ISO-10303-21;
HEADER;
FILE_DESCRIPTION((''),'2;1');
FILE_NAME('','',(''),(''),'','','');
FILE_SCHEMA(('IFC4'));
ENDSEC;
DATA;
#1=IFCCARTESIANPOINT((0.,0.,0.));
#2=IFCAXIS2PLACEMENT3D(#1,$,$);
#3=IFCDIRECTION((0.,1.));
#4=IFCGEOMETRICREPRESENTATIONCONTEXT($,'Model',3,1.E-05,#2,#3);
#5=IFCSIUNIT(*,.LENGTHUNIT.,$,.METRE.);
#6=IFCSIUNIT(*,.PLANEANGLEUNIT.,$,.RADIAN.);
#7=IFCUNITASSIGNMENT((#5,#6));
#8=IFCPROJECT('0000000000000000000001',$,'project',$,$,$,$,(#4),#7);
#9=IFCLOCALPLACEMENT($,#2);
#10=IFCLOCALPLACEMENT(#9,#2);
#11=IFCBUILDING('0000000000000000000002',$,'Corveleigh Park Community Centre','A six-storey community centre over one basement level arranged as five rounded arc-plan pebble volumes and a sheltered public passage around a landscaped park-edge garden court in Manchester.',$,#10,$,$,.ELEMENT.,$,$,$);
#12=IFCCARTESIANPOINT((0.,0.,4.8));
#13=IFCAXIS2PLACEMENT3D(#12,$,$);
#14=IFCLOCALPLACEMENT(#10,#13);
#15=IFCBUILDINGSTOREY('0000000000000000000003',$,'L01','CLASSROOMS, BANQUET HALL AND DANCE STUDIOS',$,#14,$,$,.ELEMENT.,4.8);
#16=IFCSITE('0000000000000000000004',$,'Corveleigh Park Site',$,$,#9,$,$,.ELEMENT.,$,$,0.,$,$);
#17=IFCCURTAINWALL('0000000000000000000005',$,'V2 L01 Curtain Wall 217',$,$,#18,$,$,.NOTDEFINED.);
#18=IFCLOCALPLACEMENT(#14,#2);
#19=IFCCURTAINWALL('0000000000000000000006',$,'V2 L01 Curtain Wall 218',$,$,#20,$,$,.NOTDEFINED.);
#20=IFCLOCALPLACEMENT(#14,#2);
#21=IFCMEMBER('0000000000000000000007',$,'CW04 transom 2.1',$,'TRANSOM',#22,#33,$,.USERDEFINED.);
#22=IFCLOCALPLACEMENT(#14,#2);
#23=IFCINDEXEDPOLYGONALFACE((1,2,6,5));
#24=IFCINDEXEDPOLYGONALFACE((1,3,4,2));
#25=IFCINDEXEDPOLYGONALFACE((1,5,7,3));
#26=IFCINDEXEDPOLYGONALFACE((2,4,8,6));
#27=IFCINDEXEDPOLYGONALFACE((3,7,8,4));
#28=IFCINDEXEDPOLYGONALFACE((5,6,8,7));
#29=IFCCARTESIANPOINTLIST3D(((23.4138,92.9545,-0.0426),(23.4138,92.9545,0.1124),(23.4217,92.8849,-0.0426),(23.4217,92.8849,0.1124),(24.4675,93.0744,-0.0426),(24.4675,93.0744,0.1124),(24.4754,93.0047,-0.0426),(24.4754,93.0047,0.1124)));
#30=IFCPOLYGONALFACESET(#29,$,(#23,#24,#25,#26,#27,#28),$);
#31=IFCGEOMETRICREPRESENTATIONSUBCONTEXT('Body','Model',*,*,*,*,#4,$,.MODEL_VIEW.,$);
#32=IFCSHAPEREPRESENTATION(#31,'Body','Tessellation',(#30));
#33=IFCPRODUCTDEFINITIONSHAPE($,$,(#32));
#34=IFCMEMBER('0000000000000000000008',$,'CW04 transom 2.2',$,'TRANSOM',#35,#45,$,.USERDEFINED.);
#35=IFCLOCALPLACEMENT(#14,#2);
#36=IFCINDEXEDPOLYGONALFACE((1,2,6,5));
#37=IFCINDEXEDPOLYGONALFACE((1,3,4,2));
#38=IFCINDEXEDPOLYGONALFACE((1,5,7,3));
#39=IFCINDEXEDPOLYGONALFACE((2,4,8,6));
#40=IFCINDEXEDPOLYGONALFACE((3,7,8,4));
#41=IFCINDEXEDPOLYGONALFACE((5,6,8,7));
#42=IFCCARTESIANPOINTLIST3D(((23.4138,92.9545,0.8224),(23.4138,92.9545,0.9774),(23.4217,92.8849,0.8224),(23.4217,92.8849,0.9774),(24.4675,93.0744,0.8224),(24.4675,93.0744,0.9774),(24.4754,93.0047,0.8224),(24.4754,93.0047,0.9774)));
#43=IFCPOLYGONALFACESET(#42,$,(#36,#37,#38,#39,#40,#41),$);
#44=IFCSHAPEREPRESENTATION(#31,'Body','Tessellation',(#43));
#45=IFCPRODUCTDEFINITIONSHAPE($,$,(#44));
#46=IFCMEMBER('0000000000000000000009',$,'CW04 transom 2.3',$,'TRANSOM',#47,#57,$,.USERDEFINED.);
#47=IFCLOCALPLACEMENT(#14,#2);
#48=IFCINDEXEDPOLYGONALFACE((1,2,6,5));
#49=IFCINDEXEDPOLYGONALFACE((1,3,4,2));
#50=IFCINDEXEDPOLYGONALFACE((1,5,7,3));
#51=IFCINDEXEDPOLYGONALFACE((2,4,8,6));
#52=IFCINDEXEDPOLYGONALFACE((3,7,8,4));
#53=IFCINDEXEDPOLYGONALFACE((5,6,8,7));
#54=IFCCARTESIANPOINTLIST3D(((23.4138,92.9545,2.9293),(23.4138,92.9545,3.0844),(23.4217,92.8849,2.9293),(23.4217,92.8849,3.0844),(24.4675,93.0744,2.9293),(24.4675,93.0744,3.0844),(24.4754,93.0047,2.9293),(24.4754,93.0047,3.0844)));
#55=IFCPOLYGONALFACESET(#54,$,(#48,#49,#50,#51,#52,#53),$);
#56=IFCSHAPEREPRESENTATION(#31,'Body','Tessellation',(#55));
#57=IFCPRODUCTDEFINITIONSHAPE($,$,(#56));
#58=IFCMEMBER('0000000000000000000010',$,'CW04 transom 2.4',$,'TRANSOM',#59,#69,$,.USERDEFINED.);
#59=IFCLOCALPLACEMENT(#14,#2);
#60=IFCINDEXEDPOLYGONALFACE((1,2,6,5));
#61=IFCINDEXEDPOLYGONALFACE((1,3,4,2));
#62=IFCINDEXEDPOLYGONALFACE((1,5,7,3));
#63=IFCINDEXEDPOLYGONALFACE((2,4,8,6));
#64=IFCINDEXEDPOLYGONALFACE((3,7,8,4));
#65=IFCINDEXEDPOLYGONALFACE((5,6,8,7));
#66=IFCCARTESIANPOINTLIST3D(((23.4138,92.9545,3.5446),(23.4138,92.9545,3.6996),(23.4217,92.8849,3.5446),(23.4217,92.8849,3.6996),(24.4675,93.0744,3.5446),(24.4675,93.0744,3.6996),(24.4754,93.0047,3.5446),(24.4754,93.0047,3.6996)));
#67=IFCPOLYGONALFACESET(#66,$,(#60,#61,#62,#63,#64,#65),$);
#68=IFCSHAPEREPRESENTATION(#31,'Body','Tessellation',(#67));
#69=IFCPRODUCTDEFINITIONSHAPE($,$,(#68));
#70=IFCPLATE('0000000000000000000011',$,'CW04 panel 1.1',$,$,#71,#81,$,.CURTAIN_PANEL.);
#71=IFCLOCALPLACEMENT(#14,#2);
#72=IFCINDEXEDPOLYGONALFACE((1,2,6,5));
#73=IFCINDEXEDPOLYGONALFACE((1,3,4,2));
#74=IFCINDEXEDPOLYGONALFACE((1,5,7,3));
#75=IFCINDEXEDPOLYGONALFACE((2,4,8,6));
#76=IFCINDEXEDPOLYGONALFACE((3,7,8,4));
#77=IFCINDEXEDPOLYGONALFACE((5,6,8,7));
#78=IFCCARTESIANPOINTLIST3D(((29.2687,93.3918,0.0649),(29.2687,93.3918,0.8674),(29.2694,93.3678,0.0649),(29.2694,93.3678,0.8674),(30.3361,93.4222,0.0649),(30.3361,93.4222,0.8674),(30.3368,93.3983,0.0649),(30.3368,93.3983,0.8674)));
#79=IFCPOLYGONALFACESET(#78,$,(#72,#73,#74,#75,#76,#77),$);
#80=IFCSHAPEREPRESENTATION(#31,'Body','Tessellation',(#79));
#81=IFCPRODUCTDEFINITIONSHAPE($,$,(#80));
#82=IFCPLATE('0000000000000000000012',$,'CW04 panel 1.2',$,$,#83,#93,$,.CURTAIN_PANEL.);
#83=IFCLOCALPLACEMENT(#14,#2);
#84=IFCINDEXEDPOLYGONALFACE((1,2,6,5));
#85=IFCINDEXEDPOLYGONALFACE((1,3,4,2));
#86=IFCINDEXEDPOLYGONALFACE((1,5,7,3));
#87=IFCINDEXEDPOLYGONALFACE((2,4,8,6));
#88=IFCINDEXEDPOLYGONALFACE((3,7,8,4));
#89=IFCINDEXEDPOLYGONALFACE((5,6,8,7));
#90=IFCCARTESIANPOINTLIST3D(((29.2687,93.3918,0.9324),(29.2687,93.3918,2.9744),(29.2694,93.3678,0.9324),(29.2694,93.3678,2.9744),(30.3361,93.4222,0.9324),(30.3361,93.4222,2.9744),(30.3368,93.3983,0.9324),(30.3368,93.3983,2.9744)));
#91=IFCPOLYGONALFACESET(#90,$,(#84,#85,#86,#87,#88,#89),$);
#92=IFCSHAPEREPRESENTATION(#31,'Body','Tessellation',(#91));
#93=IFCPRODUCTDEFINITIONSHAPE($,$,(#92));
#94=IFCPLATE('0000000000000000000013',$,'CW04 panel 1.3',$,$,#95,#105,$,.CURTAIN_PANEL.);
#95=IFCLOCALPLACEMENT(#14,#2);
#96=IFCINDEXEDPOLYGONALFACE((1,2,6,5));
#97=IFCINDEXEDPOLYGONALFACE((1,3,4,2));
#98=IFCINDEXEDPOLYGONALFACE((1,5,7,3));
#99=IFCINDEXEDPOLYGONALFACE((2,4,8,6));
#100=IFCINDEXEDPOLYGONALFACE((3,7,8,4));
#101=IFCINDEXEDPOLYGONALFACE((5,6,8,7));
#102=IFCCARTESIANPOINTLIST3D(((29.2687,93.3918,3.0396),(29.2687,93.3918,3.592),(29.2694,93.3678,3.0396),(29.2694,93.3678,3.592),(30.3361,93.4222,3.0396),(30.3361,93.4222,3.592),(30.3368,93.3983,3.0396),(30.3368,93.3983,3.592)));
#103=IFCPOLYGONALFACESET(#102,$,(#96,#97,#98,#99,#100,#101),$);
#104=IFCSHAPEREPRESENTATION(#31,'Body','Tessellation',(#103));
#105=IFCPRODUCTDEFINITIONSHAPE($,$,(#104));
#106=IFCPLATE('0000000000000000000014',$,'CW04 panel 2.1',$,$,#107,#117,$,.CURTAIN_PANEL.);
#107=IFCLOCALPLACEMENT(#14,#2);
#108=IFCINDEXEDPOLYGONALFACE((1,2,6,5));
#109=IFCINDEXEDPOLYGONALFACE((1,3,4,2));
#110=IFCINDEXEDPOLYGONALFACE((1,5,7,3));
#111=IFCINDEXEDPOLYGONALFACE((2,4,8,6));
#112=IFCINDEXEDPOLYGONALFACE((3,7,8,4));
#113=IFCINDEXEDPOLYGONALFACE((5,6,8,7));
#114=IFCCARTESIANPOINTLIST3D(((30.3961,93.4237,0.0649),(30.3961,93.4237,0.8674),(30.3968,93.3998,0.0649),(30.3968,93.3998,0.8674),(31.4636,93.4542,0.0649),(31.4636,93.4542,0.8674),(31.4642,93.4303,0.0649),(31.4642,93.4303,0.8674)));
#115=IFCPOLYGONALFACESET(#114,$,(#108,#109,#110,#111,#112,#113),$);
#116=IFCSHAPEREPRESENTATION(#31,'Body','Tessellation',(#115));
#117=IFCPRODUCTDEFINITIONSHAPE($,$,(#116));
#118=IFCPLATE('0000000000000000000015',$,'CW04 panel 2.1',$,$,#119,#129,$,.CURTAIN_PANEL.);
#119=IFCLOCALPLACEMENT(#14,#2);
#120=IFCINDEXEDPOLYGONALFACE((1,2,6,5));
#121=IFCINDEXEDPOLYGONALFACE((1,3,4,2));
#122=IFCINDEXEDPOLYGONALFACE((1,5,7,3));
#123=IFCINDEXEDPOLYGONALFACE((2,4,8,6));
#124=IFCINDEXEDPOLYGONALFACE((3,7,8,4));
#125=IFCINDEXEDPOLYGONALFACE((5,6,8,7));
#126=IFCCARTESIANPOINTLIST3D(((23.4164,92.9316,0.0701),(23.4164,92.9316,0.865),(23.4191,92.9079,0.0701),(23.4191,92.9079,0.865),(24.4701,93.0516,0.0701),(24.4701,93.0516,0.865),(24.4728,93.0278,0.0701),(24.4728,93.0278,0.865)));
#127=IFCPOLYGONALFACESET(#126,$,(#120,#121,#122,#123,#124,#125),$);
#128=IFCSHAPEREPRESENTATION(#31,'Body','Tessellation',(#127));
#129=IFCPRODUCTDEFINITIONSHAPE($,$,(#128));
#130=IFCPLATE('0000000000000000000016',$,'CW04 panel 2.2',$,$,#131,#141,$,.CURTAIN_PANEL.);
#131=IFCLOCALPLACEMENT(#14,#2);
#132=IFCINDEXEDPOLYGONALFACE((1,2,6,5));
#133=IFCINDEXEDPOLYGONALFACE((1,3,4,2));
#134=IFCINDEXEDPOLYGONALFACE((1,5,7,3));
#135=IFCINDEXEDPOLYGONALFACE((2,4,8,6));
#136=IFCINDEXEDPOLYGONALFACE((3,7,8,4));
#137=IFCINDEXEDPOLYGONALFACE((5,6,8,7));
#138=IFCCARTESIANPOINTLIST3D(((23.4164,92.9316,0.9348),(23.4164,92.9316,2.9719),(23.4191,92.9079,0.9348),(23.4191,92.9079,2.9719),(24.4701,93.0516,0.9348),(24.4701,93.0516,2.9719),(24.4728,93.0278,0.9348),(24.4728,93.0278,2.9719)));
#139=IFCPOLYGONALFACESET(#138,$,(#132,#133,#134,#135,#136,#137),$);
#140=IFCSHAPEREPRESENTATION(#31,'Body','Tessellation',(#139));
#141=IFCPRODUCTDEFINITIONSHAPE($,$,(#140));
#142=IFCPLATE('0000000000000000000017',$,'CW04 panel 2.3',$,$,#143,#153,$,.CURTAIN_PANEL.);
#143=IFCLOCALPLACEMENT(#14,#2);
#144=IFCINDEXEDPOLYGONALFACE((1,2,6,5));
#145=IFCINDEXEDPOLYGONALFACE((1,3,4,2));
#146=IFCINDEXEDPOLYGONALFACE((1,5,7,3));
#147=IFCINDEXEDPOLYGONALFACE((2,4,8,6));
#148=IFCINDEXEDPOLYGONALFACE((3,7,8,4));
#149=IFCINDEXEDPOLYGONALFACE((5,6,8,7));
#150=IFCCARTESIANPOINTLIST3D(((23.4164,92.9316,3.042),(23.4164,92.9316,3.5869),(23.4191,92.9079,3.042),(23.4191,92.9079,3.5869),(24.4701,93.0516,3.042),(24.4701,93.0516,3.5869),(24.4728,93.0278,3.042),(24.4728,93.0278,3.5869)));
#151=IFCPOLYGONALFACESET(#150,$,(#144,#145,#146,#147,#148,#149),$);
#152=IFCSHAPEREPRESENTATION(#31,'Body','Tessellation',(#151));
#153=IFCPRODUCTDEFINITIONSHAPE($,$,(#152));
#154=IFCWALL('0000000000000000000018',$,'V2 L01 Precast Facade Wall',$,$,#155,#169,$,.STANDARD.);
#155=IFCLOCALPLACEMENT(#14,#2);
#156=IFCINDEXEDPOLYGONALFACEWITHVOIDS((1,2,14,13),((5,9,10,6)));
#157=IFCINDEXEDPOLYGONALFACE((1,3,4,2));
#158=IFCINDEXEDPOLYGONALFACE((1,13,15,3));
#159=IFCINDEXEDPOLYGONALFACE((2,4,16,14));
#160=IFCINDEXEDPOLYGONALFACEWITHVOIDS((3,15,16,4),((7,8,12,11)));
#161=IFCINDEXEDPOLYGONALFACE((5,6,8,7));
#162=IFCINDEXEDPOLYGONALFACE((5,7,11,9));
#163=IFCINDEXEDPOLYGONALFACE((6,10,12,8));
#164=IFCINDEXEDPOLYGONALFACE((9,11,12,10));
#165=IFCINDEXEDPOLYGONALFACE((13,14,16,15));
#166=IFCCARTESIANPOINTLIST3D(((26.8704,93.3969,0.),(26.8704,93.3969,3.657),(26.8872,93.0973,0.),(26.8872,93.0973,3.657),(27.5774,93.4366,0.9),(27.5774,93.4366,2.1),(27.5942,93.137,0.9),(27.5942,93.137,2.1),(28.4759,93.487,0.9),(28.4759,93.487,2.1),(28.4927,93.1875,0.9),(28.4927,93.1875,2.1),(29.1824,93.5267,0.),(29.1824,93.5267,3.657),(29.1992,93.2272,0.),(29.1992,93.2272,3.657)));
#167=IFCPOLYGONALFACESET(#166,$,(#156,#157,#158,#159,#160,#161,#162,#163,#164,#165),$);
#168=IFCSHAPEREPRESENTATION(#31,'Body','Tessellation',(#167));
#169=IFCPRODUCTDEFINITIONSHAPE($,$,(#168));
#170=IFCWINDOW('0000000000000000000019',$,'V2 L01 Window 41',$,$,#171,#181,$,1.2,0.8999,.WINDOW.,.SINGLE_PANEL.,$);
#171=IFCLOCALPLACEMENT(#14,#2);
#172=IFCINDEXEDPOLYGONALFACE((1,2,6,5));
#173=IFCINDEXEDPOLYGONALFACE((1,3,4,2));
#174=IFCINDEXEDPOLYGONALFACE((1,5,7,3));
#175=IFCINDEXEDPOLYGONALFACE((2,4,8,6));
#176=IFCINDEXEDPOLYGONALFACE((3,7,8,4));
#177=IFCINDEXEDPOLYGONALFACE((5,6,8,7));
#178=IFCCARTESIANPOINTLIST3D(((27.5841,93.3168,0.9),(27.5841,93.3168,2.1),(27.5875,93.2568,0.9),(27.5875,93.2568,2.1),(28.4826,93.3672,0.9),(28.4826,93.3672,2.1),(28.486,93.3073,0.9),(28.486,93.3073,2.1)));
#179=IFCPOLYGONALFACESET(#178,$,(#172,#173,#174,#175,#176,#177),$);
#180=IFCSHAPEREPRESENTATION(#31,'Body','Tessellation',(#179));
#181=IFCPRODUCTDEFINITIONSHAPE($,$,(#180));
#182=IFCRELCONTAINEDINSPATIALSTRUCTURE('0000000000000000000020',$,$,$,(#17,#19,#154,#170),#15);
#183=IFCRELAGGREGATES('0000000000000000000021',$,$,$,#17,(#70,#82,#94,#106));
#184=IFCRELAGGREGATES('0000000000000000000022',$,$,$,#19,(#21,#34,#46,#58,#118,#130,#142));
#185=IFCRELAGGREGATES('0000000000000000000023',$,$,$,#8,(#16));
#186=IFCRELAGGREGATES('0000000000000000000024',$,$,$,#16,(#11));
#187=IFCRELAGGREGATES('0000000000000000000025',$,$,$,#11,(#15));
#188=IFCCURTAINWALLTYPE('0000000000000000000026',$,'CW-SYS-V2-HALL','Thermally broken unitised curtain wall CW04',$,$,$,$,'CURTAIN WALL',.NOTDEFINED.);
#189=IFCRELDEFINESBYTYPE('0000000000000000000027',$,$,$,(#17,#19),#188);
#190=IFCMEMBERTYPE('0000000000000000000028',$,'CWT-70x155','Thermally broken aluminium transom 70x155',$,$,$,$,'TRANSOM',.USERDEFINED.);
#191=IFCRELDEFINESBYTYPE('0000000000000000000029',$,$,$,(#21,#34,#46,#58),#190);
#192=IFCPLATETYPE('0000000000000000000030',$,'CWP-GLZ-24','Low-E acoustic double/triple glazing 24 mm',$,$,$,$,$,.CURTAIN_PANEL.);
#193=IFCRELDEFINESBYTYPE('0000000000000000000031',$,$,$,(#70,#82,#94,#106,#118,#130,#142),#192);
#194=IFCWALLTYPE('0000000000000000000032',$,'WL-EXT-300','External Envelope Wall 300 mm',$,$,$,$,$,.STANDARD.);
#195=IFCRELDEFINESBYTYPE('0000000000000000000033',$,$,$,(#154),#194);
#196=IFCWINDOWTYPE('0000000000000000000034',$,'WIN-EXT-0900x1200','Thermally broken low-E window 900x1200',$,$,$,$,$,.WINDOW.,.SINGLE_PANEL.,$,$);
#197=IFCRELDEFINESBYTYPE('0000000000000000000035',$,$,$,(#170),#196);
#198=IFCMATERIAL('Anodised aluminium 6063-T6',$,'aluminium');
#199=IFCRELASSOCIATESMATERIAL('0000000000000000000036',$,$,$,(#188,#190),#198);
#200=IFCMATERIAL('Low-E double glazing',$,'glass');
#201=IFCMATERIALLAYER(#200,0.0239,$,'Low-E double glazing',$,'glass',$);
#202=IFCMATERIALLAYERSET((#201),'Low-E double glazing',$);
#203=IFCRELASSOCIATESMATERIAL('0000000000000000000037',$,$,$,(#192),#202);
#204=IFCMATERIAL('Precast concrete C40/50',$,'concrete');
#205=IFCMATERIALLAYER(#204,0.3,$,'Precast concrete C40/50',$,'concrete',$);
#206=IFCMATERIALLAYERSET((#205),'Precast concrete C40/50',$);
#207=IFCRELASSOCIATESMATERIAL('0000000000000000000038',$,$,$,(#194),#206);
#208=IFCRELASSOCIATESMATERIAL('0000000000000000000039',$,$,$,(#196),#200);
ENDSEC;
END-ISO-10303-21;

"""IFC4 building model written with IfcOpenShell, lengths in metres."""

from ifc_helpers import new_model, si_unit, direction, frame, frame_2d, origin, origin_2d, place, context, subcontext, project, spatial, rectangle, extrude, material, layer, layer_set, material_profile, profile_set, type_object, element, fill, aggregate, save


model = new_model("IFC4")

# Units and contexts
model_context = context("Model", 3, precision=1e-05, world=origin(), true_north=direction((0.0, 1.0)))
body_context = subcontext(model_context, "Body", "Model", "MODEL_VIEW")
ifc_project = project(units=[si_unit("LENGTHUNIT", "METRE"), si_unit("PLANEANGLEUNIT", "RADIAN")], contexts=[model_context])

# Site, building, storey
site_placement = place(None, origin())
site = spatial("IfcSite", under=ifc_project, at=site_placement, Name="Corveleigh Park Site", CompositionType="ELEMENT", RefElevation=0.0)
building_placement = place(site_placement, origin())
building = spatial("IfcBuilding", under=site, at=building_placement, Name="Corveleigh Park Community Centre", Description="A six-storey community centre over one basement level arranged as five rounded arc-plan pebble volumes and a sheltered public passage around a landscaped park-edge garden court in Manchester.", CompositionType="ELEMENT")
storey_placement = place(building_placement, frame((0.0, 0.0, 4.8)))
storey = spatial("IfcBuildingStorey", under=building, at=storey_placement, Name="L01", Description="CLASSROOMS, BANQUET HALL AND DANCE STUDIOS", CompositionType="ELEMENT", Elevation=4.8)

# Curtain wall
ifc_material_1 = material(Name="Anodised aluminium 6063-T6", Category="aluminium")
curtain_wall_type = type_object("IfcCurtainWallType", Name="CW-SYS-V2-HALL", Description="Thermally broken unitised curtain wall CW04", ElementType="CURTAIN WALL", PredefinedType="NOTDEFINED", material=ifc_material_1)
curtain_wall_1_placement = place(storey_placement, origin())
curtain_wall_1 = element("IfcCurtainWall", 1, at=curtain_wall_1_placement, inside=storey, type_object=curtain_wall_type, Name="V2 L01 Curtain Wall 217", PredefinedType="NOTDEFINED")

# Curtain wall
curtain_wall_2_placement = place(storey_placement, origin())
curtain_wall_2 = element("IfcCurtainWall", 2, at=curtain_wall_2_placement, inside=storey, type_object=curtain_wall_type, Name="V2 L01 Curtain Wall 218", PredefinedType="NOTDEFINED")

# Members
ifc_material_profile_1 = material_profile(ifc_material_1, rectangle(XDim=0.0701, YDim=0.155, at=origin_2d()), Name="ALU-T70x155", Category="aluminium")
ifc_profile_set_1 = profile_set([ifc_material_profile_1], Name="Anodised aluminium 6063-T6")
member_type_1 = type_object("IfcMemberType", Name="CWT-70x155", Description="Thermally broken aluminium transom 70x155", ElementType="TRANSOM", PredefinedType="USERDEFINED", material=ifc_profile_set_1)
member_1_placement = place(storey_placement, frame((23.4177, 92.9197, 0.0349), z_axis=(0.993591, 0.113034, 0.0), x_axis=(-0.113034, 0.993591, 0.0)))
member_1 = element("IfcMember", 3, at=member_1_placement, type_object=member_type_1, Name="CW04 transom 2.1", ObjectType="TRANSOM", PredefinedType="USERDEFINED", context=body_context, shape_type="SweptSolid", body=[
    extrude(rectangle(XDim=0.0701, YDim=0.155, at=origin_2d()), origin(), (0.0, 0.0, 1.0), 1.0605),
])
member_2_placement = place(storey_placement, frame((23.4177, 92.9197, 0.8999), z_axis=(0.993591, 0.113034, 0.0), x_axis=(-0.113034, 0.993591, 0.0)))
member_2 = element("IfcMember", 4, at=member_2_placement, type_object=member_type_1, Name="CW04 transom 2.2", ObjectType="TRANSOM", PredefinedType="USERDEFINED", context=body_context, shape_type="SweptSolid", body=[
    extrude(rectangle(XDim=0.0701, YDim=0.155, at=origin_2d()), origin(), (0.0, 0.0, 1.0), 1.0605),
])
member_3_placement = place(storey_placement, frame((23.4177, 92.9197, 3.0068), z_axis=(0.993591, 0.113034, 0.0), x_axis=(-0.113034, 0.993591, 0.0)))
member_3 = element("IfcMember", 5, at=member_3_placement, type_object=member_type_1, Name="CW04 transom 2.3", ObjectType="TRANSOM", PredefinedType="USERDEFINED", context=body_context, shape_type="SweptSolid", body=[
    extrude(rectangle(XDim=0.0701, YDim=0.155, at=origin_2d()), origin(), (0.0, 0.0, 1.0), 1.0605),
])
member_4_placement = place(storey_placement, frame((23.4177, 92.9197, 3.6221), z_axis=(0.993591, 0.113034, 0.0), x_axis=(-0.113034, 0.993591, 0.0)))
member_4 = element("IfcMember", 6, at=member_4_placement, type_object=member_type_1, Name="CW04 transom 2.4", ObjectType="TRANSOM", PredefinedType="USERDEFINED", context=body_context, shape_type="SweptSolid", body=[
    extrude(rectangle(XDim=0.0701, YDim=0.155, at=origin_2d()), origin(), (0.0, 0.0, 1.0), 1.0605),
])

# Plates
ifc_material_2 = material(Name="Low-E double glazing", Category="glass")
ifc_layer_1 = layer(ifc_material_2, 0.0239, Name="Low-E double glazing", Category="glass")
ifc_layer_set_1 = layer_set([ifc_layer_1], Name="Low-E double glazing")
plate_type = type_object("IfcPlateType", Name="CWP-GLZ-24", Description="Low-E acoustic double/triple glazing 24 mm", PredefinedType="CURTAIN_PANEL", material=ifc_layer_set_1)
plate_1_placement = place(storey_placement, frame((29.8027, 93.395, 0.0649), z_axis=(0.0, 0.0, 1.0), x_axis=(0.999594, 0.028498, 0.0)))
plate_1 = element("IfcPlate", 7, at=plate_1_placement, type_object=plate_type, Name="CW04 panel 1.1", PredefinedType="CURTAIN_PANEL", context=body_context, shape_type="SweptSolid", body=[
    extrude(rectangle(XDim=1.0679, YDim=0.0239, at=origin_2d()), origin(), (0.0, 0.0, 1.0), 0.8025),
])
plate_2_placement = place(storey_placement, frame((29.8027, 93.395, 0.9324), z_axis=(0.0, 0.0, 1.0), x_axis=(0.999594, 0.028498, 0.0)))
plate_2 = element("IfcPlate", 8, at=plate_2_placement, type_object=plate_type, Name="CW04 panel 1.2", PredefinedType="CURTAIN_PANEL", context=body_context, shape_type="SweptSolid", body=[
    extrude(rectangle(XDim=1.0679, YDim=0.0239, at=origin_2d()), origin(), (0.0, 0.0, 1.0), 2.042),
])
plate_3_placement = place(storey_placement, frame((29.8027, 93.395, 3.0396), z_axis=(0.0, 0.0, 1.0), x_axis=(0.999594, 0.028498, 0.0)))
plate_3 = element("IfcPlate", 9, at=plate_3_placement, type_object=plate_type, Name="CW04 panel 1.3", PredefinedType="CURTAIN_PANEL", context=body_context, shape_type="SweptSolid", body=[
    extrude(rectangle(XDim=1.0679, YDim=0.0239, at=origin_2d()), origin(), (0.0, 0.0, 1.0), 0.5525),
])
plate_4_placement = place(storey_placement, frame((30.9302, 93.427, 0.0649), z_axis=(0.0, 0.0, 1.0), x_axis=(0.999594, 0.028498, 0.0)))
plate_4 = element("IfcPlate", 10, at=plate_4_placement, type_object=plate_type, Name="CW04 panel 2.1", PredefinedType="CURTAIN_PANEL", context=body_context, shape_type="SweptSolid", body=[
    extrude(rectangle(XDim=1.0679, YDim=0.0239, at=origin_2d()), origin(), (0.0, 0.0, 1.0), 0.8025),
])
aggregate(curtain_wall_1, [plate_1, plate_2, plate_3, plate_4])
plate_5_placement = place(storey_placement, frame((23.9446, 92.9797, 0.0701), z_axis=(0.0, 0.0, 1.0), x_axis=(0.99358, 0.113133, 0.0)))
plate_5 = element("IfcPlate", 11, at=plate_5_placement, type_object=plate_type, Name="CW04 panel 2.1", PredefinedType="CURTAIN_PANEL", context=body_context, shape_type="SweptSolid", body=[
    extrude(rectangle(XDim=1.0605, YDim=0.0239, at=origin_2d()), origin(), (0.0, 0.0, 1.0), 0.7949),
])
plate_6_placement = place(storey_placement, frame((23.9446, 92.9797, 0.9348), z_axis=(0.0, 0.0, 1.0), x_axis=(0.99358, 0.113133, 0.0)))
plate_6 = element("IfcPlate", 12, at=plate_6_placement, type_object=plate_type, Name="CW04 panel 2.2", PredefinedType="CURTAIN_PANEL", context=body_context, shape_type="SweptSolid", body=[
    extrude(rectangle(XDim=1.0605, YDim=0.0239, at=origin_2d()), origin(), (0.0, 0.0, 1.0), 2.0371),
])
plate_7_placement = place(storey_placement, frame((23.9446, 92.9797, 3.042), z_axis=(0.0, 0.0, 1.0), x_axis=(0.99358, 0.113133, 0.0)))
plate_7 = element("IfcPlate", 13, at=plate_7_placement, type_object=plate_type, Name="CW04 panel 2.3", PredefinedType="CURTAIN_PANEL", context=body_context, shape_type="SweptSolid", body=[
    extrude(rectangle(XDim=1.0605, YDim=0.0239, at=origin_2d()), origin(), (0.0, 0.0, 1.0), 0.5449),
])
aggregate(curtain_wall_2, [member_1, member_2, member_3, member_4, plate_5, plate_6, plate_7])

# Wall, opening, window
ifc_material_3 = material(Name="Precast concrete C40/50", Category="concrete")
ifc_layer_2 = layer(ifc_material_3, 0.3, Name="Precast concrete C40/50", Category="concrete")
ifc_layer_set_2 = layer_set([ifc_layer_2], Name="Precast concrete C40/50")
wall_type_1 = type_object("IfcWallType", Name="WL-EXT-300", Description="External Envelope Wall 300 mm", PredefinedType="STANDARD", material=ifc_layer_set_2)
wall_1_placement = place(storey_placement, frame((26.8789, 93.2471, 0.0), z_axis=(0.0, 0.0, 1.0), x_axis=(0.998426, 0.056089, 0.0)))
wall_1 = element("IfcWall", 14, at=wall_1_placement, inside=storey, type_object=wall_type_1, Name="V2 L01 Precast Facade Wall", PredefinedType="STANDARD", context=body_context, shape_type="SweptSolid", body=[
    extrude(rectangle(XDim=2.3157, YDim=0.3, at=frame_2d((1.1577, 0.0))), origin(), (0.0, 0.0, 1.0), 3.657),
])
opening_placement = place(wall_1_placement, frame((0.708, 0.0, 0.8999)))
opening = element("IfcOpeningElement", 15, at=opening_placement, cuts=wall_1, PredefinedType="OPENING", context=body_context, shape_type="SweptSolid", body=[
    extrude(rectangle(XDim=0.8999, YDim=1.2, at=frame_2d((0.45, 0.6001))), frame((0.0, 0.1599, 0.0), z_axis=(0.0, -1.0, 0.0), x_axis=(1.0, 0.0, 0.0)), (0.0, 0.0, 1.0), 0.3201),
])
window_type = type_object("IfcWindowType", Name="WIN-EXT-0900x1200", Description="Thermally broken low-E window 900x1200", PartitioningType="SINGLE_PANEL", PredefinedType="WINDOW", material=ifc_material_2)
window_placement = place(opening_placement, origin())
window = element("IfcWindow", 16, at=window_placement, inside=storey, type_object=window_type, Name="V2 L01 Window 41", OverallHeight=1.2, OverallWidth=0.8999, PartitioningType="SINGLE_PANEL", PredefinedType="WINDOW", context=body_context, shape_type="SweptSolid", body=[
    extrude(rectangle(XDim=0.8999, YDim=1.2, at=frame_2d((0.45, 0.6001))), frame((0.0, 0.03, 0.0), z_axis=(0.0, -1.0, 0.0), x_axis=(1.0, 0.0, 0.0)), (0.0, 0.0, 1.0), 0.0601),
])
fill(opening, window)

save(model, "model.ifc")
